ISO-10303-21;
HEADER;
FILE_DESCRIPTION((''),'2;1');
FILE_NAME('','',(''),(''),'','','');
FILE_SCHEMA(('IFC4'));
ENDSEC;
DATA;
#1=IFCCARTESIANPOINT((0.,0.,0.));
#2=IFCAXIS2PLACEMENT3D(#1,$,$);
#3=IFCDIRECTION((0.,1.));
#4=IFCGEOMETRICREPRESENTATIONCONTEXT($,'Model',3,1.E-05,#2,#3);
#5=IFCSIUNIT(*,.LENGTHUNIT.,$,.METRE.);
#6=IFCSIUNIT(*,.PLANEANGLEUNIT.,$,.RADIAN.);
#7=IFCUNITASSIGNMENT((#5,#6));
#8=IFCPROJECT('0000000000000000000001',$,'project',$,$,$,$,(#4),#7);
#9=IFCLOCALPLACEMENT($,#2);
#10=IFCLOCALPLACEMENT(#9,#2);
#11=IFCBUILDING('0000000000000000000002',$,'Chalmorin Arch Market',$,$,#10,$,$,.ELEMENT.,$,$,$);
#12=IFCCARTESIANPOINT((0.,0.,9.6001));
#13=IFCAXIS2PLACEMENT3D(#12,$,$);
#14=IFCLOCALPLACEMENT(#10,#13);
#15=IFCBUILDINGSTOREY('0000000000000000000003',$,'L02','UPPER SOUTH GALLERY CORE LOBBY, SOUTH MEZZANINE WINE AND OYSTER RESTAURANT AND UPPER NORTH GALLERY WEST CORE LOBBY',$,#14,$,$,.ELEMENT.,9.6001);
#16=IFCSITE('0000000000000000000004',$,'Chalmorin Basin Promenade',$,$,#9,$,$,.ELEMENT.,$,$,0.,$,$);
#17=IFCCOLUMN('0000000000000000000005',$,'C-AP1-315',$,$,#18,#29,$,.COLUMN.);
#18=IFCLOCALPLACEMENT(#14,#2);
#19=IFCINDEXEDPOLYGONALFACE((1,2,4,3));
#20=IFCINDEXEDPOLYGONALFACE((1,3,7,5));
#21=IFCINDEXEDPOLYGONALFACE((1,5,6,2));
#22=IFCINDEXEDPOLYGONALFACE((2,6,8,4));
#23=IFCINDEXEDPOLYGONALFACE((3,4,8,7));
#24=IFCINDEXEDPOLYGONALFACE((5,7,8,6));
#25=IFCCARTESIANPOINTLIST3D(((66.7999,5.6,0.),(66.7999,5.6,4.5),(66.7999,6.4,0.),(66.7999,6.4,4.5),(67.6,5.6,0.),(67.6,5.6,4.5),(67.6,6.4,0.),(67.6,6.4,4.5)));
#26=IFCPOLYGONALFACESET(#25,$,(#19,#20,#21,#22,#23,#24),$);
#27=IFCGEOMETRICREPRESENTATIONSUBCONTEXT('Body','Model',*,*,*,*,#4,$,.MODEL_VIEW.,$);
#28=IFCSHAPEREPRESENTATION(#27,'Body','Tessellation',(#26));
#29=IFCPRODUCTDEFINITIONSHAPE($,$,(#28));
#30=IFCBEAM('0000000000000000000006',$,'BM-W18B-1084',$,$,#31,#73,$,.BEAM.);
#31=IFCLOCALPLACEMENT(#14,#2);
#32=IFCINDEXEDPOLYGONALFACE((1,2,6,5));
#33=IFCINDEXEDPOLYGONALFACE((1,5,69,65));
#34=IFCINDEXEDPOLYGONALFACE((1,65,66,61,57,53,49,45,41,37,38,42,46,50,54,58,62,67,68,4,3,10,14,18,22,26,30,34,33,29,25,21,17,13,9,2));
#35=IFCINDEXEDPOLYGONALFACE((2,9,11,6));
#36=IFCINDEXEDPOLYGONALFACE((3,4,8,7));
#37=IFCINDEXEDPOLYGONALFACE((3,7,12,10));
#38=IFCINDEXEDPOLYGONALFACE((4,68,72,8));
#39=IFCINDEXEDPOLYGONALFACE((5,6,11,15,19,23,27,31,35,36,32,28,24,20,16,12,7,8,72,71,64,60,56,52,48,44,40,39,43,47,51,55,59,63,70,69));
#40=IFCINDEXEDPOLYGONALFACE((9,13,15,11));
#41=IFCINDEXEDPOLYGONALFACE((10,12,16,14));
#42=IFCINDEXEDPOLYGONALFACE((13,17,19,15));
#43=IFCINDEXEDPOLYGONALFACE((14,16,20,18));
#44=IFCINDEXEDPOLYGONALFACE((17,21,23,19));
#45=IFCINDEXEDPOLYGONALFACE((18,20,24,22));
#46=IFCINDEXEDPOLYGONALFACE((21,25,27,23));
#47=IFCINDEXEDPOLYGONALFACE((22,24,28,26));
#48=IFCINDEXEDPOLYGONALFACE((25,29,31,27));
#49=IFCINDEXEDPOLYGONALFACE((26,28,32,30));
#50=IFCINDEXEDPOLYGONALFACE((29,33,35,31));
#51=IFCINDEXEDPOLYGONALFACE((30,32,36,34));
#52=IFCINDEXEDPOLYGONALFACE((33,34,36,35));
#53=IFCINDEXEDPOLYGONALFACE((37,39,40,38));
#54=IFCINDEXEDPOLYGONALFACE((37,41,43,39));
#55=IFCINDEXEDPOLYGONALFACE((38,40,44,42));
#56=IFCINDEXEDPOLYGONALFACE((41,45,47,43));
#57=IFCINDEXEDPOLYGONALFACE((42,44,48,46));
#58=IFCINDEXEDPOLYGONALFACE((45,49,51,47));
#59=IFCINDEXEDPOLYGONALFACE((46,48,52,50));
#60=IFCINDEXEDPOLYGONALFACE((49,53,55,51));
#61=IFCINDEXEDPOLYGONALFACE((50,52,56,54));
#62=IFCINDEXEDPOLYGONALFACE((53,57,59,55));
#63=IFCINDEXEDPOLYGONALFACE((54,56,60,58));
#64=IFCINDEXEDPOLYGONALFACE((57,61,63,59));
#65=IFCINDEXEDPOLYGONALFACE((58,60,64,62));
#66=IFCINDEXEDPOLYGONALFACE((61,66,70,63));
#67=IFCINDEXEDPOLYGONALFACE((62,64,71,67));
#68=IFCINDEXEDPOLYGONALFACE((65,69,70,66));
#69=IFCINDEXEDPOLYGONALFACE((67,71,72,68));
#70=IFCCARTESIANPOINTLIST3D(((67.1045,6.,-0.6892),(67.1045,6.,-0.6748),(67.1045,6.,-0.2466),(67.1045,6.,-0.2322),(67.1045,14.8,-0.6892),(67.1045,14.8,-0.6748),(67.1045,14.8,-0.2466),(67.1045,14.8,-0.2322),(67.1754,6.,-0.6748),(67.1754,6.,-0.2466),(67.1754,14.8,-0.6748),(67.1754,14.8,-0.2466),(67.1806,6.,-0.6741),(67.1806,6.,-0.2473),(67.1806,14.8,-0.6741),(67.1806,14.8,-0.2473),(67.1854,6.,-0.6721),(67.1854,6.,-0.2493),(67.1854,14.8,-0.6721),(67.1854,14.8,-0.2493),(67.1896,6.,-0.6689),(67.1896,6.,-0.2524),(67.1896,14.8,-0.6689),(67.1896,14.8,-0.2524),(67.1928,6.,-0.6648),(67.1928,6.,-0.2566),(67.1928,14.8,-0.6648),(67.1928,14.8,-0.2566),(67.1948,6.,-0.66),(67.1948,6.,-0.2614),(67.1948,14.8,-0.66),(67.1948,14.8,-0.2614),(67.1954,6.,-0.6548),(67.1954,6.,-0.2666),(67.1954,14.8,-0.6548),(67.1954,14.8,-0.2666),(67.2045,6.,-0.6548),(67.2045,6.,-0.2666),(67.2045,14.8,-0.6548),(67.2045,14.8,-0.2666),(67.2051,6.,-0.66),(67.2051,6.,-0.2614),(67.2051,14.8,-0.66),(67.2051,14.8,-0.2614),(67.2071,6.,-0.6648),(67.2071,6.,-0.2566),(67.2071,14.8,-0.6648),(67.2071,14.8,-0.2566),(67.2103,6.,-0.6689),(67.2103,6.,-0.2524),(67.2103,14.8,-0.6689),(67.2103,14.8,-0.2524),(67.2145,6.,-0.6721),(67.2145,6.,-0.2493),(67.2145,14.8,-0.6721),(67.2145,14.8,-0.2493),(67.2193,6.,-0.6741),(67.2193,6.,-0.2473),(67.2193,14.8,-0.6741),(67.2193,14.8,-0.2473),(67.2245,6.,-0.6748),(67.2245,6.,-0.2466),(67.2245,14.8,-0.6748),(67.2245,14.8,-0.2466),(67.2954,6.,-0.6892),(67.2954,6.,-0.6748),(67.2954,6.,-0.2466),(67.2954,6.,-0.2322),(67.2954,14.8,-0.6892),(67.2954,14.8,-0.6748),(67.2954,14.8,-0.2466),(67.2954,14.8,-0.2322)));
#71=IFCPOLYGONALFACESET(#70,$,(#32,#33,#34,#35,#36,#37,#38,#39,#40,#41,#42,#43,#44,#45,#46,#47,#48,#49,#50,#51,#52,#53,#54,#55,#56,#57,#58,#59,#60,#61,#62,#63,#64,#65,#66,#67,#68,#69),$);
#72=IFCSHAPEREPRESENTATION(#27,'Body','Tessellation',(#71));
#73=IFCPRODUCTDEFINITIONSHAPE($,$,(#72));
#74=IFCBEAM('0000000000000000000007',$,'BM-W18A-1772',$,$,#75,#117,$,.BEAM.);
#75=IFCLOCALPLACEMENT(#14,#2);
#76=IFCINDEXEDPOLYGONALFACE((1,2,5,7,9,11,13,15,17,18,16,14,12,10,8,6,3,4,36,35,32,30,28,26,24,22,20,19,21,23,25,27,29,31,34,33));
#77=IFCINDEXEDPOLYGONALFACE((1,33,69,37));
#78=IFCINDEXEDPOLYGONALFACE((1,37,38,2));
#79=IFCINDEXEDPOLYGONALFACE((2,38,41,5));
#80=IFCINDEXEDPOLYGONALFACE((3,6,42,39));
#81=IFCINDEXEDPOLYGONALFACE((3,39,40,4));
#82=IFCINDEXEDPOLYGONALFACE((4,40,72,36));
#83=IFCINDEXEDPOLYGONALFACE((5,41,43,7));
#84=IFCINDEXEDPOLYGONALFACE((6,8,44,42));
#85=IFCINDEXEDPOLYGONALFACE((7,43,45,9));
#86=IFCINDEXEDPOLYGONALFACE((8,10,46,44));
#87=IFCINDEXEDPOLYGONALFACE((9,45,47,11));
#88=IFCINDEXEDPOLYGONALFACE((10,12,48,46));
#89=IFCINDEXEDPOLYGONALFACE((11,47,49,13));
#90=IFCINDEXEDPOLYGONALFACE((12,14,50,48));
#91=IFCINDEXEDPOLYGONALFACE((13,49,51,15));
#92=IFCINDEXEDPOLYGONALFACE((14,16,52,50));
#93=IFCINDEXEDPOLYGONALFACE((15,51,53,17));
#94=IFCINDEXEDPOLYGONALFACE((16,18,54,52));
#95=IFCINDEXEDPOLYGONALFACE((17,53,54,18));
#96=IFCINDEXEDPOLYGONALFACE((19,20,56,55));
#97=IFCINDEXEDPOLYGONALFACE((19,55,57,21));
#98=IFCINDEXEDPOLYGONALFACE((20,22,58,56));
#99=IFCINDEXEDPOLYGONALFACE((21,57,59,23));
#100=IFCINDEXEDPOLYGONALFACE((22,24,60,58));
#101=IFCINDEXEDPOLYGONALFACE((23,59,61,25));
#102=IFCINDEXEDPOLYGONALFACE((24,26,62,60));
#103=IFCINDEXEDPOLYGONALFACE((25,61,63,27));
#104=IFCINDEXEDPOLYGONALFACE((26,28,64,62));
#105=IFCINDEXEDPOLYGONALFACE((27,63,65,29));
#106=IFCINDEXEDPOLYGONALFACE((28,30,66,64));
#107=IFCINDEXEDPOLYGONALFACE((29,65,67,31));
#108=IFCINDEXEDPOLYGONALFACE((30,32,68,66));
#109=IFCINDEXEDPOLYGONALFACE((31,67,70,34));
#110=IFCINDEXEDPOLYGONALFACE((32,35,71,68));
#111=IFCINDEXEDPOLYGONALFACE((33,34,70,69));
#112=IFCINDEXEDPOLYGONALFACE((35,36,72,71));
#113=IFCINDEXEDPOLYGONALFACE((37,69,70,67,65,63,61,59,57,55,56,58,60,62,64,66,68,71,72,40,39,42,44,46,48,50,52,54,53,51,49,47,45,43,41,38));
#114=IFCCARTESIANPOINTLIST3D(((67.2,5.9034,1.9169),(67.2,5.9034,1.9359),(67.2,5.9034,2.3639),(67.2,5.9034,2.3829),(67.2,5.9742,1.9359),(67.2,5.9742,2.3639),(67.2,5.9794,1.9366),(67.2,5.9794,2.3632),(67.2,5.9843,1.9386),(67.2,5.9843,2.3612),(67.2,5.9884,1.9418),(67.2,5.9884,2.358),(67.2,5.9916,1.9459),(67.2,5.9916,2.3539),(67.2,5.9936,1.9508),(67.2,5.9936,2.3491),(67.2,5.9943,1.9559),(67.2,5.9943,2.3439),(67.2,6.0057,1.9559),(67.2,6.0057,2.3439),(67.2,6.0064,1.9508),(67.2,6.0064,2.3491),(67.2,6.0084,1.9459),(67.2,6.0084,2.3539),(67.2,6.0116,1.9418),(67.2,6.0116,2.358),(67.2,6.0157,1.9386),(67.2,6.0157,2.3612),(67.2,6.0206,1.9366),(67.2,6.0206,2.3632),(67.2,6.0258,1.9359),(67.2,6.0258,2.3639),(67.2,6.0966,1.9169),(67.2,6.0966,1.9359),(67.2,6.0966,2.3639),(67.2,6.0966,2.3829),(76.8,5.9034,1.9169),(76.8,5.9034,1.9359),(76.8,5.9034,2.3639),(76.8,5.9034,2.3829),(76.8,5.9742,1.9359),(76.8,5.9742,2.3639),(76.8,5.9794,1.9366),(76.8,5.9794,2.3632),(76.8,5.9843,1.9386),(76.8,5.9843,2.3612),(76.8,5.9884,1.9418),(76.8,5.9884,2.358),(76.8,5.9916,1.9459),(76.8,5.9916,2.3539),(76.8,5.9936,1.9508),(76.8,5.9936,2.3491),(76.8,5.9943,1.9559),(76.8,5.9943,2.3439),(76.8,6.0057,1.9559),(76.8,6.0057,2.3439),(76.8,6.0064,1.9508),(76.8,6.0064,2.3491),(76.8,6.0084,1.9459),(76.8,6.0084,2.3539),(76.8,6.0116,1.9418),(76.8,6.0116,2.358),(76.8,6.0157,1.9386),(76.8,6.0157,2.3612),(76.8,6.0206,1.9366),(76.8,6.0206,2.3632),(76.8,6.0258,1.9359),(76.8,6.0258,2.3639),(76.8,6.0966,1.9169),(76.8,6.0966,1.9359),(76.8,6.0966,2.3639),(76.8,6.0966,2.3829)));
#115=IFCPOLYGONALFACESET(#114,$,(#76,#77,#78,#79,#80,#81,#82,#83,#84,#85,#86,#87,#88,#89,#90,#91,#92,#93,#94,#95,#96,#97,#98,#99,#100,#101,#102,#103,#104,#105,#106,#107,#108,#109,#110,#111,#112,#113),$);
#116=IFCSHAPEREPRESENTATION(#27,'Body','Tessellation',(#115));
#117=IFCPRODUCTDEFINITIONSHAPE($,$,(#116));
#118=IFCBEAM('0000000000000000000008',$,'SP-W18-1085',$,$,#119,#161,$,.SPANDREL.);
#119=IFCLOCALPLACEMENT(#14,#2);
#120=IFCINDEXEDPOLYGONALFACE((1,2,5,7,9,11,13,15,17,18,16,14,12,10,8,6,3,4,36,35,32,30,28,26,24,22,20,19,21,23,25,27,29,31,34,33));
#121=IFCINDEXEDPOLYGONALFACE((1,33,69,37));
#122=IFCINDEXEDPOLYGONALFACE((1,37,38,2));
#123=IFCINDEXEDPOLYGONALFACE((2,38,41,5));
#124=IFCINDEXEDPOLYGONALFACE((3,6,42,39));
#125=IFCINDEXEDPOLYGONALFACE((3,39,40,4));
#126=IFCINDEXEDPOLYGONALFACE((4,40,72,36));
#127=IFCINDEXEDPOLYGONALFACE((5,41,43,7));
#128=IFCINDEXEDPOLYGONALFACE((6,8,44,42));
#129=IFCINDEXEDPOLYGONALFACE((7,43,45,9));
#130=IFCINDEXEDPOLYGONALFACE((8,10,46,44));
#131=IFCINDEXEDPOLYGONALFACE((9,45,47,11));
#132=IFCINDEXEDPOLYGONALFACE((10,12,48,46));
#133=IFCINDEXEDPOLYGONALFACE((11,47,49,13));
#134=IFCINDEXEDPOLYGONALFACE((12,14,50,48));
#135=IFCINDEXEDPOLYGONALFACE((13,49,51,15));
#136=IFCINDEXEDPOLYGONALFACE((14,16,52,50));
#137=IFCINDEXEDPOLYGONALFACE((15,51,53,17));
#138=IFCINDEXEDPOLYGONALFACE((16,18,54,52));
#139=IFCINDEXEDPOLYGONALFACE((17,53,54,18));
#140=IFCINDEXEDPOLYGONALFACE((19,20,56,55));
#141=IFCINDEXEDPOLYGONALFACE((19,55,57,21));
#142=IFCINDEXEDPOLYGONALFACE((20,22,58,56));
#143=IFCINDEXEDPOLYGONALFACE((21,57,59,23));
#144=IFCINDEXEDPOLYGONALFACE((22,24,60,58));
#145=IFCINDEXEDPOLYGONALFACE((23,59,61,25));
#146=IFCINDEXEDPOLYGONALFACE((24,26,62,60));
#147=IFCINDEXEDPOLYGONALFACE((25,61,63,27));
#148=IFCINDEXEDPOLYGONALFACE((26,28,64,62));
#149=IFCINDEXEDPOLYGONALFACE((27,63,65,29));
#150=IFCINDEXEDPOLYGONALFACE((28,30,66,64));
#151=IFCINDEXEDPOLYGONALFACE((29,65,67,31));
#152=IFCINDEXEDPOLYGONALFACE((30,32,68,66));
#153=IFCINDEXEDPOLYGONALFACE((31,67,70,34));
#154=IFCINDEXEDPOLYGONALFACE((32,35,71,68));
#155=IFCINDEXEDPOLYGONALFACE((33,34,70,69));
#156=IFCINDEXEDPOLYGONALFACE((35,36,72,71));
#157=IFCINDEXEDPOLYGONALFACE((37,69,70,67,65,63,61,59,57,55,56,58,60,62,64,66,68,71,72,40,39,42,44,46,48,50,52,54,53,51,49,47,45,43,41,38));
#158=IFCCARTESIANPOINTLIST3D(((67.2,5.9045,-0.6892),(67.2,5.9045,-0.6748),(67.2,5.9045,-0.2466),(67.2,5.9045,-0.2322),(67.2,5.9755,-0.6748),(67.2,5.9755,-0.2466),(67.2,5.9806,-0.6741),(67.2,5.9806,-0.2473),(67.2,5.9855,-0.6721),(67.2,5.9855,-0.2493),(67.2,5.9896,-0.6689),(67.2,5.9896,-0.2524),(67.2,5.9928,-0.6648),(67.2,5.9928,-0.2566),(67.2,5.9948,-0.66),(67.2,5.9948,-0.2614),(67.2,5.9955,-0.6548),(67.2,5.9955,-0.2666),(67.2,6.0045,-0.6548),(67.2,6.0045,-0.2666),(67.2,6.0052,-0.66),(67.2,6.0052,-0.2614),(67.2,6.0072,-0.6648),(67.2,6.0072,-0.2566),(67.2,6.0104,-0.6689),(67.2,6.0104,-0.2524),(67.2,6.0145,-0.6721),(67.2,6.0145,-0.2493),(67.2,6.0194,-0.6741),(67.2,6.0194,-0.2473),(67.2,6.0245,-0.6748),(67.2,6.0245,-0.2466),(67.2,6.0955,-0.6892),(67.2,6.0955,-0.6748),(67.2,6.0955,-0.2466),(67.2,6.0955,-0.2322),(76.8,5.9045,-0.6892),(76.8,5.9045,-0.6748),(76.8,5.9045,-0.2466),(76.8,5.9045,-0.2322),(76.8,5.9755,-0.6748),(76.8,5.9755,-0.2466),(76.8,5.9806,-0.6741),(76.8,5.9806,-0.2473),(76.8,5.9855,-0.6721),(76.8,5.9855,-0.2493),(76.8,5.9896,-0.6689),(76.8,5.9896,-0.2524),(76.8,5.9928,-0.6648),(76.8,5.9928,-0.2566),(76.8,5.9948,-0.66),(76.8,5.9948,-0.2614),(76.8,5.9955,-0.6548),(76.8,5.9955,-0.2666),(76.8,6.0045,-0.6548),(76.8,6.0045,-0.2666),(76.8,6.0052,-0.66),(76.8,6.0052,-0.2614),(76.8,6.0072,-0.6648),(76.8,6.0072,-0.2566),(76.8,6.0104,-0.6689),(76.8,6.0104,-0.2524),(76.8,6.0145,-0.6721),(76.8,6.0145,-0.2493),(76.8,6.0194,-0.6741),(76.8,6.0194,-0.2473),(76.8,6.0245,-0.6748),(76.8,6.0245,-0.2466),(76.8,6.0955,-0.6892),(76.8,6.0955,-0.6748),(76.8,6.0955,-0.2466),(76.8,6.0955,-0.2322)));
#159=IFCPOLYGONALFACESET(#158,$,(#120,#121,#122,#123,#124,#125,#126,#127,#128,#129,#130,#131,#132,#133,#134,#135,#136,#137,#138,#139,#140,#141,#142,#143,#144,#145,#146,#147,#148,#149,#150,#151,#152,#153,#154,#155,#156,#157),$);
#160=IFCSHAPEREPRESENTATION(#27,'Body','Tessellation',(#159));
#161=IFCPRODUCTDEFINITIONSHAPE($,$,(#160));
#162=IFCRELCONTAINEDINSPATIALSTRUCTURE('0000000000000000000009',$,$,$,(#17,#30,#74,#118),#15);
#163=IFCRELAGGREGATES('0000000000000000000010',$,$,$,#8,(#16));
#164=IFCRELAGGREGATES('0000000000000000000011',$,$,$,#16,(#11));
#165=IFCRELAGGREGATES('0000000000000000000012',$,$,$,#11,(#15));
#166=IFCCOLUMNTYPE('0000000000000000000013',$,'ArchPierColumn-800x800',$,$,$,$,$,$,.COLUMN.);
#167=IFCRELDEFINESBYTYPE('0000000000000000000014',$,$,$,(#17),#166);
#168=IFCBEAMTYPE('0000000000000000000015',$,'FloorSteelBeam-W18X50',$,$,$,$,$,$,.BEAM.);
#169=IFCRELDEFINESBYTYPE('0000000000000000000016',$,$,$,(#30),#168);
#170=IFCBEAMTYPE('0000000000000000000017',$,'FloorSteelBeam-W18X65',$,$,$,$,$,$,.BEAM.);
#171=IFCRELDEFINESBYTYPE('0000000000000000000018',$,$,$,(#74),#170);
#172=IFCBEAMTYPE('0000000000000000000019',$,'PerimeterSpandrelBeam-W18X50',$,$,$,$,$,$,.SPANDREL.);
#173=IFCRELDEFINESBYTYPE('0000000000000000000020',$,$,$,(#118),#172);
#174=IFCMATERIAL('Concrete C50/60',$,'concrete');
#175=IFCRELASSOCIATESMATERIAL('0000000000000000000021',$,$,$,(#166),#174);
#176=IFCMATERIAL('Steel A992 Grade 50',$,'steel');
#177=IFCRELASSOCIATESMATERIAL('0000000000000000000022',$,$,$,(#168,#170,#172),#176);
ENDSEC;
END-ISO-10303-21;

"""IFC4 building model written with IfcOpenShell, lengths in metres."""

from ifc_helpers import new_model, si_unit, direction, frame, origin, origin_2d, place, context, subcontext, project, spatial, rectangle, i_section, extrude, material, material_profile, profile_set, type_object, element, save


model = new_model("IFC4")

# Units and contexts
model_context = context("Model", 3, precision=1e-05, world=origin(), true_north=direction((0.0, 1.0)))
body_context = subcontext(model_context, "Body", "Model", "MODEL_VIEW")
ifc_project = project(units=[si_unit("LENGTHUNIT", "METRE"), si_unit("PLANEANGLEUNIT", "RADIAN")], contexts=[model_context])

# Site, building, storey
site_placement = place(None, origin())
site = spatial("IfcSite", under=ifc_project, at=site_placement, Name="Chalmorin Basin Promenade", CompositionType="ELEMENT", RefElevation=0.0)
building_placement = place(site_placement, origin())
building = spatial("IfcBuilding", under=site, at=building_placement, Name="Chalmorin Arch Market", CompositionType="ELEMENT")
storey_placement = place(building_placement, frame((0.0, 0.0, 9.6001)))
storey = spatial("IfcBuildingStorey", under=building, at=storey_placement, Name="L02", Description="UPPER SOUTH GALLERY CORE LOBBY, SOUTH MEZZANINE WINE AND OYSTER RESTAURANT AND UPPER NORTH GALLERY WEST CORE LOBBY", CompositionType="ELEMENT", Elevation=9.6001)

# Column
ifc_material_1 = material(Name="Concrete C50/60", Category="concrete")
ifc_material_profile_1 = material_profile(ifc_material_1, rectangle(XDim=0.8, YDim=0.8, at=origin_2d()), Name="RC800X800")
ifc_profile_set_1 = profile_set([ifc_material_profile_1], Name="Concrete C50/60")
column_type = type_object("IfcColumnType", Name="ArchPierColumn-800x800", PredefinedType="COLUMN", material=ifc_profile_set_1)
column_placement = place(storey_placement, frame((67.2, 6.0, 0.0), z_axis=(0.0, 0.0, 1.0), x_axis=(1.0, 0.0, 0.0)))
element("IfcColumn", 1, at=column_placement, inside=storey, type_object=column_type, Name="C-AP1-315", PredefinedType="COLUMN", context=body_context, shape_type="SweptSolid", body=[
    extrude(rectangle(XDim=0.8, YDim=0.8, at=origin_2d()), origin(), (0.0, 0.0, 1.0), 4.5),
])

# Beams
ifc_material_2 = material(Name="Steel A992 Grade 50", Category="steel")
ifc_material_profile_2 = material_profile(ifc_material_2, i_section(OverallWidth=0.1909, OverallDepth=0.457, WebThickness=0.009, FlangeThickness=0.0144, FilletRadius=0.02, at=origin_2d()), Name="W18X50")
ifc_profile_set_2 = profile_set([ifc_material_profile_2], Name="Steel A992 Grade 50")
beam_type_1 = type_object("IfcBeamType", Name="FloorSteelBeam-W18X50", PredefinedType="BEAM", material=ifc_profile_set_2)
beam_1_placement = place(storey_placement, frame((67.2, 6.0, -0.4607), z_axis=(0.0, 1.0, 0.0), x_axis=(-1.0, 0.0, 0.0)))
element("IfcBeam", 2, at=beam_1_placement, inside=storey, type_object=beam_type_1, Name="BM-W18B-1084", PredefinedType="BEAM", context=body_context, shape_type="SweptSolid", body=[
    extrude(i_section(OverallWidth=0.1909, OverallDepth=0.457, WebThickness=0.009, FlangeThickness=0.0144, FilletRadius=0.02, at=origin_2d()), origin(), (0.0, 0.0, 1.0), 8.8),
])
ifc_material_profile_3 = material_profile(ifc_material_2, i_section(OverallWidth=0.1931, OverallDepth=0.4661, WebThickness=0.0115, FlangeThickness=0.019, FilletRadius=0.02, at=origin_2d()), Name="W18X65")
ifc_profile_set_3 = profile_set([ifc_material_profile_3], Name="Steel A992 Grade 50")
beam_type_2 = type_object("IfcBeamType", Name="FloorSteelBeam-W18X65", PredefinedType="BEAM", material=ifc_profile_set_3)
beam_2_placement = place(storey_placement, frame((67.2, 6.0, 2.1499), z_axis=(1.0, 0.0, 0.0), x_axis=(0.0, 1.0, 0.0)))
element("IfcBeam", 3, at=beam_2_placement, inside=storey, type_object=beam_type_2, Name="BM-W18A-1772", PredefinedType="BEAM", context=body_context, shape_type="SweptSolid", body=[
    extrude(i_section(OverallWidth=0.1931, OverallDepth=0.4661, WebThickness=0.0115, FlangeThickness=0.019, FilletRadius=0.02, at=origin_2d()), origin(), (0.0, 0.0, 1.0), 9.6001),
])
ifc_material_profile_4 = material_profile(ifc_material_2, i_section(OverallWidth=0.1909, OverallDepth=0.457, WebThickness=0.009, FlangeThickness=0.0144, FilletRadius=0.02, at=origin_2d()), Name="W18X50")
ifc_profile_set_4 = profile_set([ifc_material_profile_4], Name="Steel A992 Grade 50")
beam_type_3 = type_object("IfcBeamType", Name="PerimeterSpandrelBeam-W18X50", PredefinedType="SPANDREL", material=ifc_profile_set_4)
beam_3_placement = place(storey_placement, frame((67.2, 6.0, -0.4607), z_axis=(1.0, 0.0, 0.0), x_axis=(0.0, 1.0, 0.0)))
element("IfcBeam", 4, at=beam_3_placement, inside=storey, type_object=beam_type_3, Name="SP-W18-1085", PredefinedType="SPANDREL", context=body_context, shape_type="SweptSolid", body=[
    extrude(i_section(OverallWidth=0.1909, OverallDepth=0.457, WebThickness=0.009, FlangeThickness=0.0144, FilletRadius=0.02, at=origin_2d()), origin(), (0.0, 0.0, 1.0), 9.6001),
])

save(model, "model.ifc")
